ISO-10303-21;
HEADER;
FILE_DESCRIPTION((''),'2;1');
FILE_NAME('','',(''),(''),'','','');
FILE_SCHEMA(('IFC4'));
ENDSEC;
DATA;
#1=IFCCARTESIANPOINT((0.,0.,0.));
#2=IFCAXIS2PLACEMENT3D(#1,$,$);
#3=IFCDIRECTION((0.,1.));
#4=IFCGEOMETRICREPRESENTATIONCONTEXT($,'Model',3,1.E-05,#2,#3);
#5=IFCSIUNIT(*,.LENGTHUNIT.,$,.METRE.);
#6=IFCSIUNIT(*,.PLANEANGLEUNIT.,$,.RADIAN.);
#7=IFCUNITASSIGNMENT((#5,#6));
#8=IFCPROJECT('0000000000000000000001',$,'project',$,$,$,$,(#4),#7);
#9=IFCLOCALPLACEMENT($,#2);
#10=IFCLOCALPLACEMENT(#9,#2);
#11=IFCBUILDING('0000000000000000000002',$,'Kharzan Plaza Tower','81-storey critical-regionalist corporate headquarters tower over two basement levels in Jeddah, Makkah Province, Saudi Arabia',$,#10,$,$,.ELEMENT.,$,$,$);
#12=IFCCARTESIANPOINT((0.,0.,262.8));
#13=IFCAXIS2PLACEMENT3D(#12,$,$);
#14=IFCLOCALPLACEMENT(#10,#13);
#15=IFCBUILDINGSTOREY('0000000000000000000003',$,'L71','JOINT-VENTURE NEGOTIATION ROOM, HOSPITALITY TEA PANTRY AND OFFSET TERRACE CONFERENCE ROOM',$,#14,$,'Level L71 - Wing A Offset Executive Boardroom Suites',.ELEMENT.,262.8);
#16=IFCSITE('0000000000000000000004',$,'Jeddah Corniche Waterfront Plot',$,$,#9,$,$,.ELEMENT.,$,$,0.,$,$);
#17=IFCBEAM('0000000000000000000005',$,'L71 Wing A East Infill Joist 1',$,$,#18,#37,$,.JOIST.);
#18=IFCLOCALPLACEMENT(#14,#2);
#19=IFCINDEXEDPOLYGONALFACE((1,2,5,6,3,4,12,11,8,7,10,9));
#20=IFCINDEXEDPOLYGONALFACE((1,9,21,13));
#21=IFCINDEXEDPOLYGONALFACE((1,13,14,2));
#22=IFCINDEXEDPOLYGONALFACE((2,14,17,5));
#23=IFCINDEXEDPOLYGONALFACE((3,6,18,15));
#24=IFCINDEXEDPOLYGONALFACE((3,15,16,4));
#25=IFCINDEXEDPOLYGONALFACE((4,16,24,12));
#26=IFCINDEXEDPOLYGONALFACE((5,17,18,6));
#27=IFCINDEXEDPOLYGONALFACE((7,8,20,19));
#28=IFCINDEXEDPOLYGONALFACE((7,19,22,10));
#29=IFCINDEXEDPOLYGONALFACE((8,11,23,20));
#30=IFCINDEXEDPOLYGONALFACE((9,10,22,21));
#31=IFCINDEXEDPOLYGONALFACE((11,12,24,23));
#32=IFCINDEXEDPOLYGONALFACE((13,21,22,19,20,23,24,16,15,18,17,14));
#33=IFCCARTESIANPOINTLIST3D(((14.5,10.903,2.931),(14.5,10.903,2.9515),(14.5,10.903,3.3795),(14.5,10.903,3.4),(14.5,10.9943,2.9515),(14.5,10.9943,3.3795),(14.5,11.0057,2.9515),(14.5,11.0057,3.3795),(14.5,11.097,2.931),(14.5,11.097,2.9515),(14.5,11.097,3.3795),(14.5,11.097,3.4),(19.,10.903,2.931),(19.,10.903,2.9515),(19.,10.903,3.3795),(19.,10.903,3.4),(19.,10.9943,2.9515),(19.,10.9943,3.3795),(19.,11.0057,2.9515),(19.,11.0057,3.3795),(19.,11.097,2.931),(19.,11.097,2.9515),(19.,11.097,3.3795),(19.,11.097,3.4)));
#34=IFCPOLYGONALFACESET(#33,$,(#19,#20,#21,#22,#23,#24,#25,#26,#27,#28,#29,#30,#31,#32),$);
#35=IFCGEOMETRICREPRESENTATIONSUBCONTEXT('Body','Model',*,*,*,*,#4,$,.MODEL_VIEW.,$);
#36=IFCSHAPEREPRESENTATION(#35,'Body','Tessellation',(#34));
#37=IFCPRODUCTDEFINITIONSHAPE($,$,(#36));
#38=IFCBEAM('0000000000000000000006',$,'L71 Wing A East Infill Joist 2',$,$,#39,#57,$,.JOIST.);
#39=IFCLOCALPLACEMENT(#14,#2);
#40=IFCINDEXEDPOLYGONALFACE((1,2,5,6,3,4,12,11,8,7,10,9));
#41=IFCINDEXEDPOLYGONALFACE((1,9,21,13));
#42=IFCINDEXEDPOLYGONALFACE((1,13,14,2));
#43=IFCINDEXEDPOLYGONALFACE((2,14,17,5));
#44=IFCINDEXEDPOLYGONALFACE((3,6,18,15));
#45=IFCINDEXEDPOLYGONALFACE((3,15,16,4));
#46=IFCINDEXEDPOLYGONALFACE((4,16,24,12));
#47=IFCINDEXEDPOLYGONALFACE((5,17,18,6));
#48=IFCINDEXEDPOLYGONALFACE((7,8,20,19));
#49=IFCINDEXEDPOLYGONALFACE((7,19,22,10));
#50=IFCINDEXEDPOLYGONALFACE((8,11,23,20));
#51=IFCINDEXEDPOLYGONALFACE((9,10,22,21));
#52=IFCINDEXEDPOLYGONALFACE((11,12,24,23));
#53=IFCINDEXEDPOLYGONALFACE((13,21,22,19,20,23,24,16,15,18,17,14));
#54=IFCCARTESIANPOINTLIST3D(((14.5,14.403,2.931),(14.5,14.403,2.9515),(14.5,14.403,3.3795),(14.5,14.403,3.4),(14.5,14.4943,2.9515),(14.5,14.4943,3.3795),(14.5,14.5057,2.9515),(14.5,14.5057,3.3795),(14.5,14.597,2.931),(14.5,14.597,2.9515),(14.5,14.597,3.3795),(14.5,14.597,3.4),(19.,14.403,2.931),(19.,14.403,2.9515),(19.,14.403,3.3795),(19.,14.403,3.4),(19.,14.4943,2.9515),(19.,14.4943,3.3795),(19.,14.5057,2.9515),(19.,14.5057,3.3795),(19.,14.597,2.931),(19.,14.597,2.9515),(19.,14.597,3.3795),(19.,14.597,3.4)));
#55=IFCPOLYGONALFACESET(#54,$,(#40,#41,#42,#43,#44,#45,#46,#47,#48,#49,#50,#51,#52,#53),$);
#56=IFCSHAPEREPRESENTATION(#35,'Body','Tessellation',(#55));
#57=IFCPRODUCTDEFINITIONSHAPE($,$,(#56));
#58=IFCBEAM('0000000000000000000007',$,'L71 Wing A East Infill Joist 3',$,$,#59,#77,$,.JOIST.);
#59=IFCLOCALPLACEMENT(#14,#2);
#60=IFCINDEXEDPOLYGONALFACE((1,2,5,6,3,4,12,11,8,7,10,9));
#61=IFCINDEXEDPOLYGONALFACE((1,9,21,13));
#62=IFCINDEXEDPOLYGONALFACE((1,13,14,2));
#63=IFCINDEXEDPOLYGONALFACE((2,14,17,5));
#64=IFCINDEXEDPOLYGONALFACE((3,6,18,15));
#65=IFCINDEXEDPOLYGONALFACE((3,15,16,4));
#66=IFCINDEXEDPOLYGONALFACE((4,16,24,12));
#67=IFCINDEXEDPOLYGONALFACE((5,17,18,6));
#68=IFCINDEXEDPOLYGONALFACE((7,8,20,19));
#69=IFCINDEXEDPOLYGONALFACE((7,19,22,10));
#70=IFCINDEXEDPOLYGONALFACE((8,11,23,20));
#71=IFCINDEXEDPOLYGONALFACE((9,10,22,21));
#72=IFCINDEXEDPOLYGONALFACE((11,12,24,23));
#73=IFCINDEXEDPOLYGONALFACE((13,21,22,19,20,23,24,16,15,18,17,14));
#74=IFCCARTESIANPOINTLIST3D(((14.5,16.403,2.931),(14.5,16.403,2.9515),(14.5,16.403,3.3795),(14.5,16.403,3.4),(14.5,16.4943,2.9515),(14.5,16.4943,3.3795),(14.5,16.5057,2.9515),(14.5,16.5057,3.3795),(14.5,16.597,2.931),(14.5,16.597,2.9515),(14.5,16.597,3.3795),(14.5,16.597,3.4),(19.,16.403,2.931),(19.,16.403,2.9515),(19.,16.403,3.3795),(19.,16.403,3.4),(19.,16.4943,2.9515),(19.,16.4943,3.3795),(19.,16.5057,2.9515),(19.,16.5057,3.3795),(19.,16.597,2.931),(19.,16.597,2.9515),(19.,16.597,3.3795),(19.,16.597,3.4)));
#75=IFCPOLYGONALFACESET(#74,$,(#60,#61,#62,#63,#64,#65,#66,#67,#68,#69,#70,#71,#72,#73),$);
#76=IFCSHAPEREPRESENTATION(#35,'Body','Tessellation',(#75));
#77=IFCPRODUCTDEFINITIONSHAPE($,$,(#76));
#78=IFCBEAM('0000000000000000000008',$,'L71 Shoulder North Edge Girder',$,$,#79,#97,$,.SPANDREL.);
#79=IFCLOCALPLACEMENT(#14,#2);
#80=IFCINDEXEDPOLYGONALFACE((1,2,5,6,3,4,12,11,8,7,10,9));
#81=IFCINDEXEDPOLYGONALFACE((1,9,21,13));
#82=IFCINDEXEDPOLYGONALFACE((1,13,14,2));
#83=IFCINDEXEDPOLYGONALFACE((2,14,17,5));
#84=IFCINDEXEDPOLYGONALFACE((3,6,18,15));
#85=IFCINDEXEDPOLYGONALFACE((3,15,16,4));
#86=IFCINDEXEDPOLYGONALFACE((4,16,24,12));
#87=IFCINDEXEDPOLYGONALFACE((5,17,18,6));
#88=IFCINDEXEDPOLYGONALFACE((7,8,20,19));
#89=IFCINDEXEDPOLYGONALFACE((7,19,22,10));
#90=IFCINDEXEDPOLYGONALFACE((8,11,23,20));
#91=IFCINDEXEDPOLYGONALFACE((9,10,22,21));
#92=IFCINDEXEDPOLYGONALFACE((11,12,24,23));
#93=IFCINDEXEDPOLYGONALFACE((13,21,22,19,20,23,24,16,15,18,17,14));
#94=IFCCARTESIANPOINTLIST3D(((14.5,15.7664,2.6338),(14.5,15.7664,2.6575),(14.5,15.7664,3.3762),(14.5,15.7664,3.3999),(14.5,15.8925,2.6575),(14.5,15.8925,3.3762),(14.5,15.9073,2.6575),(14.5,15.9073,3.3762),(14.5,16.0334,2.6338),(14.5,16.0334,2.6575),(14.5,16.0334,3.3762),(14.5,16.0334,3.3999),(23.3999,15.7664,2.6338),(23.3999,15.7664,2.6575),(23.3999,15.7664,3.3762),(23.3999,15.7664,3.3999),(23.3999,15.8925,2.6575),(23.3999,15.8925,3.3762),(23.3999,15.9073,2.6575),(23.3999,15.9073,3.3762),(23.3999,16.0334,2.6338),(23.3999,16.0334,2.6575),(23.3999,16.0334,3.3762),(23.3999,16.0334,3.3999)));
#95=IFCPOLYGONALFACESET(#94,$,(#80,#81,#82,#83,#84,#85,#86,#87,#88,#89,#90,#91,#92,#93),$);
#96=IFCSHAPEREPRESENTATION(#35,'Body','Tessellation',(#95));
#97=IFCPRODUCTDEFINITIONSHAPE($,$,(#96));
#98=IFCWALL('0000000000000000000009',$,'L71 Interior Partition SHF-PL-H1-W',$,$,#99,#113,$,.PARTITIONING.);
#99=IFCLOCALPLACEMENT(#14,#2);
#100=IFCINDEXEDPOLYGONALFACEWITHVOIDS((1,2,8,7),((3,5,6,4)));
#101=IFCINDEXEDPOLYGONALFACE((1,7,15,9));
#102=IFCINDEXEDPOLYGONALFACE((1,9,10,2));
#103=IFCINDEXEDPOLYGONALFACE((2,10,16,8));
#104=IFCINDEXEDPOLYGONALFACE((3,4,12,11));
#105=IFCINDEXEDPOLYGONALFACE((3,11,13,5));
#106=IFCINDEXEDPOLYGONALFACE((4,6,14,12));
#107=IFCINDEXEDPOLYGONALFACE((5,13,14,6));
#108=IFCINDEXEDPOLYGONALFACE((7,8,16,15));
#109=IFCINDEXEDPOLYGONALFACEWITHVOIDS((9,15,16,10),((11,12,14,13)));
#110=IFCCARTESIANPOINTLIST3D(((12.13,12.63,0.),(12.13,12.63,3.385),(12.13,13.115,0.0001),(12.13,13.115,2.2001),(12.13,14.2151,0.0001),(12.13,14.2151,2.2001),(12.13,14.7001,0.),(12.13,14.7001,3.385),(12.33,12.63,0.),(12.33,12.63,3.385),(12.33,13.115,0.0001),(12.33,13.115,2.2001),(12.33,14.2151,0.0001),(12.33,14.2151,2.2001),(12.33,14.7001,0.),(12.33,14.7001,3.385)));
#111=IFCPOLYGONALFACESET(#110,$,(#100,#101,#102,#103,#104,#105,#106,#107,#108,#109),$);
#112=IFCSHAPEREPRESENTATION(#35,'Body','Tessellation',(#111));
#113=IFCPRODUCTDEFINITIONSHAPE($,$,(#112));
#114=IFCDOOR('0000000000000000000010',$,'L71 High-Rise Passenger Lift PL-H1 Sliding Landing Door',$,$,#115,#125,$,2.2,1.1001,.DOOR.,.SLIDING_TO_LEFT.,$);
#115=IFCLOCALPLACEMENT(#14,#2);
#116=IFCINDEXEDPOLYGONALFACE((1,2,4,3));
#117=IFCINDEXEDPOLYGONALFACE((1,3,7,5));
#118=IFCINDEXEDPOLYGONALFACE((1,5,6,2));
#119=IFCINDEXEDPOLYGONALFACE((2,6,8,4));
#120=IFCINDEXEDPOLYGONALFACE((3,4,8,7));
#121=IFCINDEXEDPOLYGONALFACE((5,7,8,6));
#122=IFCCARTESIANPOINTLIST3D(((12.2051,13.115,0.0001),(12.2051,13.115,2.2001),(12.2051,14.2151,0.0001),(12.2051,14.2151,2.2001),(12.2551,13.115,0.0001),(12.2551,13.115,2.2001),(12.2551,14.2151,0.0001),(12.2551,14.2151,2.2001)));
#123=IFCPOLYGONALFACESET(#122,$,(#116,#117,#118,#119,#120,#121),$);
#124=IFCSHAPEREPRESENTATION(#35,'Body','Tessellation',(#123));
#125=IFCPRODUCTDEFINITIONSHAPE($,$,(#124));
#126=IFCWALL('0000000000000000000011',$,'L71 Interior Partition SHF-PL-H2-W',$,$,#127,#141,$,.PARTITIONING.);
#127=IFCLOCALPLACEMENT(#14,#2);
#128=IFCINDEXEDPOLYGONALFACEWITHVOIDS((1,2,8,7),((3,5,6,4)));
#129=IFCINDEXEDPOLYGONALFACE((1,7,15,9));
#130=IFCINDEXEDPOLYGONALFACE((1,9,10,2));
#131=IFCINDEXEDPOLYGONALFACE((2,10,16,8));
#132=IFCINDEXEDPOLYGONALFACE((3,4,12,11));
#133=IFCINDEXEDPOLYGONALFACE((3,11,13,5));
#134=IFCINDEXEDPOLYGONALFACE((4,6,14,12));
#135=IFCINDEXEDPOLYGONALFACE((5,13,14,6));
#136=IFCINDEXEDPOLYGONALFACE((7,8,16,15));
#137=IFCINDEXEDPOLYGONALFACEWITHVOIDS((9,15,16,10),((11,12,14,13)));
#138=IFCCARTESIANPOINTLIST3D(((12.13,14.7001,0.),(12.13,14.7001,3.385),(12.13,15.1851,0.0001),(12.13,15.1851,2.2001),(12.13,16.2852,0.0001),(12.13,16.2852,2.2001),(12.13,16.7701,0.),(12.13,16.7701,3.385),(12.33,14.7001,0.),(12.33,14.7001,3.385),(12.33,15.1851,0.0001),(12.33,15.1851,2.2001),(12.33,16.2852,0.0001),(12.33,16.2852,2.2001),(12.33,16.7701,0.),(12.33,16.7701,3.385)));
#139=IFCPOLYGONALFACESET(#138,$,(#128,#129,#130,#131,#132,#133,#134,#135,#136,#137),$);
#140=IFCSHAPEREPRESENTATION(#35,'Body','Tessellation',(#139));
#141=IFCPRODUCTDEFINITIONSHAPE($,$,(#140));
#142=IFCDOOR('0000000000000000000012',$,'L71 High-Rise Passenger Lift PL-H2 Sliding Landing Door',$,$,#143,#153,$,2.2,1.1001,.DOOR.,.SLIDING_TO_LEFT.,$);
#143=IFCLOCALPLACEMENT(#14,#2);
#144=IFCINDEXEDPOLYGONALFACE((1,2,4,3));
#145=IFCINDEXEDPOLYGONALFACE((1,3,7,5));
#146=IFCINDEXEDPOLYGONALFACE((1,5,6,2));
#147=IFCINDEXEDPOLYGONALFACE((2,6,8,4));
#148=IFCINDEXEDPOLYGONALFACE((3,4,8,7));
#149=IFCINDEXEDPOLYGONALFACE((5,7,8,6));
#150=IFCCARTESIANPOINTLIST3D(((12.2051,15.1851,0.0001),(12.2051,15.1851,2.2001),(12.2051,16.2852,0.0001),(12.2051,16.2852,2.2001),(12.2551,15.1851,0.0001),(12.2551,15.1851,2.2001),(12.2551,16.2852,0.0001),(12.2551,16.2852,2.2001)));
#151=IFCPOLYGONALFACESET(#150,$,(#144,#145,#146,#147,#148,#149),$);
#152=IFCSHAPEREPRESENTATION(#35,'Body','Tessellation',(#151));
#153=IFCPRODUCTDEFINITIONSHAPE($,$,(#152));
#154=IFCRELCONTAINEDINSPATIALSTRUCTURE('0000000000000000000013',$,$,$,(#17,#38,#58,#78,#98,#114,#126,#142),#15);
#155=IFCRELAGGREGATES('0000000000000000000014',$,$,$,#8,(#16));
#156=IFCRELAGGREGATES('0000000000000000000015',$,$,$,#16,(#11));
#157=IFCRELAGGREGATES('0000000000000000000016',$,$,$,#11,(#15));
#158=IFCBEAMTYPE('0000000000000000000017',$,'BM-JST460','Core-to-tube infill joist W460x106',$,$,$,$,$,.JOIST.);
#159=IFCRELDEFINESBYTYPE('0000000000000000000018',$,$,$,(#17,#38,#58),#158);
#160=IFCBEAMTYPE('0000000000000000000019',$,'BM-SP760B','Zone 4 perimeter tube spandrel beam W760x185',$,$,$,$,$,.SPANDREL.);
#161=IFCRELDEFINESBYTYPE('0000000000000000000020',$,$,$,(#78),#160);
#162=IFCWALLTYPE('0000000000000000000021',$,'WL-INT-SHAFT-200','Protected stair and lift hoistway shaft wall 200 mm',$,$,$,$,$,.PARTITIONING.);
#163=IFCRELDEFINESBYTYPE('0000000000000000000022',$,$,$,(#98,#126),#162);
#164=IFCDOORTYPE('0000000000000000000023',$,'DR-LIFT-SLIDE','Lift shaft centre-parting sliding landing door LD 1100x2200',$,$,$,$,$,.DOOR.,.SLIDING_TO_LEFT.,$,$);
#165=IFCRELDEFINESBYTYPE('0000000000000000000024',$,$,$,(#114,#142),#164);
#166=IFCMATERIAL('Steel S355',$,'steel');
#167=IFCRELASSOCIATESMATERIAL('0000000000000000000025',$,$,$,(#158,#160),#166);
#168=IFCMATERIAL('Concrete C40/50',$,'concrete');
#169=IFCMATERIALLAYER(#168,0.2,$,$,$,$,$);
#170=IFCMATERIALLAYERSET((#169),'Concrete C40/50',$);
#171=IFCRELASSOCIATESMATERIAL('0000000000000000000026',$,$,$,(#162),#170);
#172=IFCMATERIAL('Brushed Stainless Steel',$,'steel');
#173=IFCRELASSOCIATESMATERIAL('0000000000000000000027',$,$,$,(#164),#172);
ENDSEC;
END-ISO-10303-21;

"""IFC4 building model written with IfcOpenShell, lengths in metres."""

from ifc_helpers import new_model, si_unit, direction, frame, frame_2d, origin, origin_2d, place, context, subcontext, project, spatial, rectangle, i_section, extrude, source, transform, mapped, material, layer, layer_set, material_profile, profile_set, type_object, element, fill, save


model = new_model("IFC4")

# Units and contexts
model_context = context("Model", 3, precision=1e-05, world=origin(), true_north=direction((0.0, 1.0)))
body_context = subcontext(model_context, "Body", "Model", "MODEL_VIEW")
ifc_project = project(units=[si_unit("LENGTHUNIT", "METRE"), si_unit("PLANEANGLEUNIT", "RADIAN")], contexts=[model_context])

# Site, building, storey
site_placement = place(None, origin())
site = spatial("IfcSite", under=ifc_project, at=site_placement, Name="Jeddah Corniche Waterfront Plot", CompositionType="ELEMENT", RefElevation=0.0)
building_placement = place(site_placement, origin())
building = spatial("IfcBuilding", under=site, at=building_placement, Name="Kharzan Plaza Tower", Description="81-storey critical-regionalist corporate headquarters tower over two basement levels in Jeddah, Makkah Province, Saudi Arabia", CompositionType="ELEMENT")
storey_placement = place(building_placement, frame((0.0, 0.0, 262.8)))
storey = spatial("IfcBuildingStorey", under=building, at=storey_placement, Name="L71", Description="JOINT-VENTURE NEGOTIATION ROOM, HOSPITALITY TEA PANTRY AND OFFSET TERRACE CONFERENCE ROOM", LongName="Level L71 - Wing A Offset Executive Boardroom Suites", CompositionType="ELEMENT", Elevation=262.8)

# Beams
ifc_material_1 = material(Name="Steel S355", Category="steel")
ifc_material_profile_1 = material_profile(ifc_material_1, i_section(OverallWidth=0.1941, OverallDepth=0.469, WebThickness=0.0115, FlangeThickness=0.0205, at=origin_2d()), Name="W460x106")
ifc_profile_set_1 = profile_set([ifc_material_profile_1], Name="Steel S355")
beam_type_1 = type_object("IfcBeamType", Name="BM-JST460", Description="Core-to-tube infill joist W460x106", PredefinedType="JOIST", material=ifc_profile_set_1)
shared_shape_1 = source(origin(), body_context, "Body", "SweptSolid", [
    extrude(i_section(OverallWidth=0.1941, OverallDepth=0.469, WebThickness=0.0115, FlangeThickness=0.0205, at=origin_2d()), origin(), (0.0, 0.0, 1.0), 4.5),
])
for number, where, z_axis, x_axis, name in (
    (1, (14.5, 11.0, 3.1655), (1.0, 0.0, 0.0), (0.0, 1.0, 0.0), "L71 Wing A East Infill Joist 1"),
    (2, (14.5, 14.5, 3.1655), (1.0, 0.0, 0.0), (0.0, 1.0, 0.0), "L71 Wing A East Infill Joist 2"),
    (3, (14.5, 16.5, 3.1655), (1.0, 0.0, 0.0), (0.0, 1.0, 0.0), "L71 Wing A East Infill Joist 3"),
):
    element("IfcBeam", number, at=place(storey_placement, frame(where, z_axis=z_axis, x_axis=x_axis)), inside=storey, type_object=beam_type_1, Name=name, PredefinedType="JOIST", context=body_context, shape_type="MappedRepresentation", body=[
        mapped(shared_shape_1, transform((0.0, 0.0, 0.0), x_axis=(1.0, 0.0, 0.0), y_axis=(0.0, 1.0, 0.0), z_axis=(0.0, 0.0, 1.0))),
    ])
ifc_material_profile_2 = material_profile(ifc_material_1, i_section(OverallWidth=0.2671, OverallDepth=0.7661, WebThickness=0.0149, FlangeThickness=0.0237, at=origin_2d()), Name="W760x185")
ifc_profile_set_2 = profile_set([ifc_material_profile_2], Name="Steel S355")
beam_type_2 = type_object("IfcBeamType", Name="BM-SP760B", Description="Zone 4 perimeter tube spandrel beam W760x185", PredefinedType="SPANDREL", material=ifc_profile_set_2)
shared_shape_2 = source(origin(), body_context, "Body", "SweptSolid", [
    extrude(i_section(OverallWidth=0.2671, OverallDepth=0.7661, WebThickness=0.0149, FlangeThickness=0.0237, at=origin_2d()), origin(), (0.0, 0.0, 1.0), 8.8999),
])
beam_placement = place(storey_placement, frame((14.5, 15.8999, 3.0168), z_axis=(1.0, 0.0, 0.0), x_axis=(0.0, 1.0, 0.0)))
element("IfcBeam", 4, at=beam_placement, inside=storey, type_object=beam_type_2, Name="L71 Shoulder North Edge Girder", PredefinedType="SPANDREL", context=body_context, shape_type="MappedRepresentation", body=[
    mapped(shared_shape_2, transform((0.0, 0.0, 0.0), x_axis=(1.0, 0.0, 0.0), y_axis=(0.0, 1.0, 0.0), z_axis=(0.0, 0.0, 1.0))),
])

# Walls, openings, doors
ifc_material_2 = material(Name="Concrete C40/50", Category="concrete")
ifc_layer_1 = layer(ifc_material_2, 0.2)
ifc_layer_set_1 = layer_set([ifc_layer_1], Name="Concrete C40/50")
wall_type = type_object("IfcWallType", Name="WL-INT-SHAFT-200", Description="Protected stair and lift hoistway shaft wall 200 mm", PredefinedType="PARTITIONING", material=ifc_layer_set_1)
wall_1_placement = place(storey_placement, frame((12.23, 12.6299, 0.0), z_axis=(0.0, 0.0, 1.0), x_axis=(0.0, 1.0, 0.0)))
wall_1 = element("IfcWall", 5, at=wall_1_placement, inside=storey, type_object=wall_type, Name="L71 Interior Partition SHF-PL-H1-W", PredefinedType="PARTITIONING", context=body_context, shape_type="SweptSolid", body=[
    extrude(rectangle(XDim=2.0701, YDim=0.2, at=frame_2d((1.0352, 0.0))), origin(), (0.0, 0.0, 1.0), 3.385),
])
opening_1_placement = place(wall_1_placement, frame((0.4851, 0.0, 0.0)))
opening_1 = element("IfcOpeningElement", 6, at=opening_1_placement, cuts=wall_1, PredefinedType="OPENING", context=body_context, shape_type="SweptSolid", body=[
    extrude(rectangle(XDim=1.1001, YDim=2.2, at=frame_2d((0.55, 1.1001))), frame((0.0, 0.1099, 0.0), z_axis=(0.0, -1.0, 0.0), x_axis=(1.0, 0.0, 0.0)), (0.0, 0.0, 1.0), 0.22),
])
ifc_material_3 = material(Name="Brushed Stainless Steel", Category="steel")
door_type = type_object("IfcDoorType", Name="DR-LIFT-SLIDE", Description="Lift shaft centre-parting sliding landing door LD 1100x2200", OperationType="SLIDING_TO_LEFT", PredefinedType="DOOR", material=ifc_material_3)
shared_shape_3 = source(origin(), body_context, "Body", "SweptSolid", [
    extrude(rectangle(XDim=1.1001, YDim=2.2, at=frame_2d((0.55, 1.1001))), frame((0.0, 0.0249, 0.0), z_axis=(0.0, -1.0, 0.0), x_axis=(1.0, 0.0, 0.0)), (0.0, 0.0, 1.0), 0.05),
])
door_1_placement = place(opening_1_placement, origin())
door_1 = element("IfcDoor", 7, at=door_1_placement, inside=storey, type_object=door_type, Name="L71 High-Rise Passenger Lift PL-H1 Sliding Landing Door", OperationType="SLIDING_TO_LEFT", OverallHeight=2.2, OverallWidth=1.1001, PredefinedType="DOOR", context=body_context, shape_type="MappedRepresentation", body=[
    mapped(shared_shape_3, transform((0.0, 0.0, 0.0), x_axis=(1.0, 0.0, 0.0), y_axis=(0.0, 1.0, 0.0), z_axis=(0.0, 0.0, 1.0))),
])
fill(opening_1, door_1)
wall_2_placement = place(storey_placement, frame((12.23, 14.7, 0.0), z_axis=(0.0, 0.0, 1.0), x_axis=(0.0, 1.0, 0.0)))
wall_2 = element("IfcWall", 8, at=wall_2_placement, inside=storey, type_object=wall_type, Name="L71 Interior Partition SHF-PL-H2-W", PredefinedType="PARTITIONING", context=body_context, shape_type="SweptSolid", body=[
    extrude(rectangle(XDim=2.0701, YDim=0.2, at=frame_2d((1.0352, 0.0))), origin(), (0.0, 0.0, 1.0), 3.385),
])
opening_2_placement = place(wall_2_placement, frame((0.4851, 0.0, 0.0)))
opening_2 = element("IfcOpeningElement", 9, at=opening_2_placement, cuts=wall_2, PredefinedType="OPENING", context=body_context, shape_type="SweptSolid", body=[
    extrude(rectangle(XDim=1.1001, YDim=2.2, at=frame_2d((0.55, 1.1001))), frame((0.0, 0.1099, 0.0), z_axis=(0.0, -1.0, 0.0), x_axis=(1.0, 0.0, 0.0)), (0.0, 0.0, 1.0), 0.22),
])
door_2_placement = place(opening_2_placement, origin())
door_2 = element("IfcDoor", 10, at=door_2_placement, inside=storey, type_object=door_type, Name="L71 High-Rise Passenger Lift PL-H2 Sliding Landing Door", OperationType="SLIDING_TO_LEFT", OverallHeight=2.2, OverallWidth=1.1001, PredefinedType="DOOR", context=body_context, shape_type="MappedRepresentation", body=[
    mapped(shared_shape_3, transform((0.0, 0.0, 0.0), x_axis=(1.0, 0.0, 0.0), y_axis=(0.0, 1.0, 0.0), z_axis=(0.0, 0.0, 1.0))),
])
fill(opening_2, door_2)

save(model, "model.ifc")
